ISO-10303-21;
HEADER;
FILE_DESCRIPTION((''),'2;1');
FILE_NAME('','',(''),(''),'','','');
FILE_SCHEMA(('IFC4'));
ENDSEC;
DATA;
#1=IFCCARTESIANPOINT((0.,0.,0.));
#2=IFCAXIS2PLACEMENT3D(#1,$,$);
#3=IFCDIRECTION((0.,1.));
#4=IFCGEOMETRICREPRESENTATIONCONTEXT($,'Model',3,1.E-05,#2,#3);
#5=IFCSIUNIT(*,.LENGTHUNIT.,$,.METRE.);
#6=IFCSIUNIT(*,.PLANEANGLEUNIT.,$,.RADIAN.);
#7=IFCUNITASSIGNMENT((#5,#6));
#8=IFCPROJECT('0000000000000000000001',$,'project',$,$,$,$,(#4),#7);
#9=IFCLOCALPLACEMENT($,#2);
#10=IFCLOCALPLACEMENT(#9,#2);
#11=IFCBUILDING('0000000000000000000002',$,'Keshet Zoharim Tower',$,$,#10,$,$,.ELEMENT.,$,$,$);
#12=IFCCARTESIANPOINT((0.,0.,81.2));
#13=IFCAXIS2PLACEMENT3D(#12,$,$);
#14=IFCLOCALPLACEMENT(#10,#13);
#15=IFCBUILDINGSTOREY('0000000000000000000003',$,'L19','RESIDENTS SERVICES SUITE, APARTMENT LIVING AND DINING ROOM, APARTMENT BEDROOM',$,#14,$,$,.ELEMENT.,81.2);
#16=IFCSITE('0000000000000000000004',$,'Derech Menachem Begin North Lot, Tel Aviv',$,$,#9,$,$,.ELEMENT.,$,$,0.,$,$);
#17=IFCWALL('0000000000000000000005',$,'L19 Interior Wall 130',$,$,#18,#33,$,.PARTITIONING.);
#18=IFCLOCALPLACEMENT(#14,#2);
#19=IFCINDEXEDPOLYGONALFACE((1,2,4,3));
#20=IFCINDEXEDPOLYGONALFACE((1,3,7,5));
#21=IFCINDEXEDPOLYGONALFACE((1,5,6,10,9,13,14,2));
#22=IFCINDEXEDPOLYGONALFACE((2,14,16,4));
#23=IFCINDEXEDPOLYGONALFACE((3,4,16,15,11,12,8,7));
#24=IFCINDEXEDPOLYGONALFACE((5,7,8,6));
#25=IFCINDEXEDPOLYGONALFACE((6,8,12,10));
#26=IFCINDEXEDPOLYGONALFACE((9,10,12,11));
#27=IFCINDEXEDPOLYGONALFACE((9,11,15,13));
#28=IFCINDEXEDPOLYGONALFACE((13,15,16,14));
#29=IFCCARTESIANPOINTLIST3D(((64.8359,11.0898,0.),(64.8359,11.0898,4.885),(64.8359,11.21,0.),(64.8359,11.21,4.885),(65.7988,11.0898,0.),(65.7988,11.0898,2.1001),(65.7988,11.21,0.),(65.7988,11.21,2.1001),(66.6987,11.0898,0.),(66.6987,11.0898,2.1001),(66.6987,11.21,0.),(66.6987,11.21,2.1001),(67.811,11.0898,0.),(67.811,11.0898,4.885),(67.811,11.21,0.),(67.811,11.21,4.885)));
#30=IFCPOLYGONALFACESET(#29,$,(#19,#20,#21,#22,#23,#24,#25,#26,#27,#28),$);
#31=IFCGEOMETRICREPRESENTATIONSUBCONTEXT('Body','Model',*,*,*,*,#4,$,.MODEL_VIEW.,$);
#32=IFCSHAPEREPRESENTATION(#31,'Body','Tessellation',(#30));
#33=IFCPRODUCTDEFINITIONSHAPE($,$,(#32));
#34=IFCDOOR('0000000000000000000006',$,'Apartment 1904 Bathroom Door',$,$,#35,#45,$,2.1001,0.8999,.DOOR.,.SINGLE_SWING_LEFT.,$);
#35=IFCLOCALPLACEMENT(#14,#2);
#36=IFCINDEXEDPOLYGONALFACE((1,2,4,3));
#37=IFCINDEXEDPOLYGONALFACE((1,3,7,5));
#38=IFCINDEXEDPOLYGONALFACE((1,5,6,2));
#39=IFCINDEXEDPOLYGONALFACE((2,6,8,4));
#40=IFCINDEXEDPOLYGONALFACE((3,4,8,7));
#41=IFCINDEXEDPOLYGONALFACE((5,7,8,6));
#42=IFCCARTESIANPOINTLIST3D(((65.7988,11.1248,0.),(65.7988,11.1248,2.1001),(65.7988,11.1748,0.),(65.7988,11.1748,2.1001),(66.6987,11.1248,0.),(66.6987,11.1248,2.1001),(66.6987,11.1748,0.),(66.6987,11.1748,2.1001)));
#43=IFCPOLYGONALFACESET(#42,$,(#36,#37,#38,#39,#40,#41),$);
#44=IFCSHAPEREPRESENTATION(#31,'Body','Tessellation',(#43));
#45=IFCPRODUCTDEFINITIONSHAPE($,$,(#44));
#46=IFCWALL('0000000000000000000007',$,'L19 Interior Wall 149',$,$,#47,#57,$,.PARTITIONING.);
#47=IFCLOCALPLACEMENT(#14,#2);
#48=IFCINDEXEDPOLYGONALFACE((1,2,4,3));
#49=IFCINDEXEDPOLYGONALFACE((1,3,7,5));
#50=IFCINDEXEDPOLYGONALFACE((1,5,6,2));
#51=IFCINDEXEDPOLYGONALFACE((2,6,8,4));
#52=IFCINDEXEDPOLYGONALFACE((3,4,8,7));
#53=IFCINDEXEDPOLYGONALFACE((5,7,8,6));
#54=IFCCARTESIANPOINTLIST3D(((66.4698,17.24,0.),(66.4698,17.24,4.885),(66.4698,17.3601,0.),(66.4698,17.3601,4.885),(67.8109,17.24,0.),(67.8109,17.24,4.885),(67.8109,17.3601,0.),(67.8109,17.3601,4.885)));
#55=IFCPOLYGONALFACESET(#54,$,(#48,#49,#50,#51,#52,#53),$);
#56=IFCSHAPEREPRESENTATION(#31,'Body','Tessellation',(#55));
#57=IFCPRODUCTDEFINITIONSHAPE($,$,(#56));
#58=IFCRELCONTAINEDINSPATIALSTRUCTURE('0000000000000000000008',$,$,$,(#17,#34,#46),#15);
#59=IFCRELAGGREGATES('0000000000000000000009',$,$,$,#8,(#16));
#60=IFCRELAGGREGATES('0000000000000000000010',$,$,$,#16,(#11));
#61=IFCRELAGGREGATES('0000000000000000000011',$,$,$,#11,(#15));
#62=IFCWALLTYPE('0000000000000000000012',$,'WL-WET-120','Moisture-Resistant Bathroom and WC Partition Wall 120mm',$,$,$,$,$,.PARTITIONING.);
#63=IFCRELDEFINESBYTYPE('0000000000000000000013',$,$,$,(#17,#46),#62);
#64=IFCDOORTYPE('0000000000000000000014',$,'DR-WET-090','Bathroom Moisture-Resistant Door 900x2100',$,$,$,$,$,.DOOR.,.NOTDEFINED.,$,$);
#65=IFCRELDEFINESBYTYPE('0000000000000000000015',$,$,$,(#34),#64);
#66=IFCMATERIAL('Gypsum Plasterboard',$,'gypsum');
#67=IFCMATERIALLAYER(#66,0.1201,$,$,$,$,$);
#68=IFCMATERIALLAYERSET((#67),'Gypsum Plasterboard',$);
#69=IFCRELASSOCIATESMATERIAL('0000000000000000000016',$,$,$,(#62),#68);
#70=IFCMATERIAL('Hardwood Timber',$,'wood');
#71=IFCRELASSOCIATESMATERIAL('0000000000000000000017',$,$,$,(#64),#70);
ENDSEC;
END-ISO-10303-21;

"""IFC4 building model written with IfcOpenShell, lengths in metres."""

from ifc_helpers import new_model, si_unit, direction, frame, frame_2d, origin, place, context, subcontext, project, spatial, rectangle, extrude, material, layer, layer_set, type_object, element, fill, save


model = new_model("IFC4")

# Units and contexts
model_context = context("Model", 3, precision=1e-05, world=origin(), true_north=direction((0.0, 1.0)))
body_context = subcontext(model_context, "Body", "Model", "MODEL_VIEW")
ifc_project = project(units=[si_unit("LENGTHUNIT", "METRE"), si_unit("PLANEANGLEUNIT", "RADIAN")], contexts=[model_context])

# Site, building, storey
site_placement = place(None, origin())
site = spatial("IfcSite", under=ifc_project, at=site_placement, Name="Derech Menachem Begin North Lot, Tel Aviv", CompositionType="ELEMENT", RefElevation=0.0)
building_placement = place(site_placement, origin())
building = spatial("IfcBuilding", under=site, at=building_placement, Name="Keshet Zoharim Tower", CompositionType="ELEMENT")
storey_placement = place(building_placement, frame((0.0, 0.0, 81.2)))
storey = spatial("IfcBuildingStorey", under=building, at=storey_placement, Name="L19", Description="RESIDENTS SERVICES SUITE, APARTMENT LIVING AND DINING ROOM, APARTMENT BEDROOM", CompositionType="ELEMENT", Elevation=81.2)

# Shared definitions
ifc_material_1 = material(Name="Gypsum Plasterboard", Category="gypsum")
ifc_material_2 = material(Name="Hardwood Timber", Category="wood")

# Shared definitions
ifc_layer_1 = layer(ifc_material_1, 0.1201)
ifc_layer_set_1 = layer_set([ifc_layer_1], Name="Gypsum Plasterboard")
wall_type_1 = type_object("IfcWallType", Name="WL-WET-120", Description="Moisture-Resistant Bathroom and WC Partition Wall 120mm", PredefinedType="PARTITIONING", material=ifc_layer_set_1)

# Wall, opening, door
wall_1_placement = place(storey_placement, frame((64.8359, 11.1499, 0.0), z_axis=(0.0, 0.0, 1.0), x_axis=(1.0, 0.0, 0.0)))
wall_1 = element("IfcWall", 1, at=wall_1_placement, inside=storey, type_object=wall_type_1, Name="L19 Interior Wall 130", PredefinedType="PARTITIONING", context=body_context, shape_type="SweptSolid", body=[
    extrude(rectangle(XDim=2.9751, YDim=0.1201, at=frame_2d((1.4875, 0.0))), origin(), (0.0, 0.0, 1.0), 4.885),
])
opening_1_placement = place(wall_1_placement, frame((0.9629, 0.0, 0.0)))
opening_1 = element("IfcOpeningElement", 2, at=opening_1_placement, cuts=wall_1, PredefinedType="OPENING", context=body_context, shape_type="SweptSolid", body=[
    extrude(rectangle(XDim=0.8999, YDim=2.1001, at=frame_2d((0.45, 1.05))), frame((0.0, 0.0701, 0.0), z_axis=(0.0, -1.0, 0.0), x_axis=(1.0, 0.0, 0.0)), (0.0, 0.0, 1.0), 0.1401),
])
door_type_1 = type_object("IfcDoorType", Name="DR-WET-090", Description="Bathroom Moisture-Resistant Door 900x2100", OperationType="NOTDEFINED", PredefinedType="DOOR", material=ifc_material_2)
door_1_placement = place(opening_1_placement, origin())
door_1 = element("IfcDoor", 3, at=door_1_placement, inside=storey, type_object=door_type_1, Name="Apartment 1904 Bathroom Door", OperationType="SINGLE_SWING_LEFT", OverallHeight=2.1001, OverallWidth=0.8999, PredefinedType="DOOR", context=body_context, shape_type="SweptSolid", body=[
    extrude(rectangle(XDim=0.8999, YDim=2.1001, at=frame_2d((0.45, 1.05))), frame((0.0, 0.0249, 0.0), z_axis=(0.0, -1.0, 0.0), x_axis=(1.0, 0.0, 0.0)), (0.0, 0.0, 1.0), 0.05),
])
fill(opening_1, door_1)

# Wall
wall_2_placement = place(storey_placement, frame((66.47, 17.3, 0.0), z_axis=(0.0, 0.0, 1.0), x_axis=(1.0, 0.0, 0.0)))
element("IfcWall", 4, at=wall_2_placement, inside=storey, type_object=wall_type_1, Name="L19 Interior Wall 149", PredefinedType="PARTITIONING", context=body_context, shape_type="SweptSolid", body=[
    extrude(rectangle(XDim=1.3411, YDim=0.1201, at=frame_2d((0.6704, 0.0))), origin(), (0.0, 0.0, 1.0), 4.885),
])

save(model, "model.ifc")
